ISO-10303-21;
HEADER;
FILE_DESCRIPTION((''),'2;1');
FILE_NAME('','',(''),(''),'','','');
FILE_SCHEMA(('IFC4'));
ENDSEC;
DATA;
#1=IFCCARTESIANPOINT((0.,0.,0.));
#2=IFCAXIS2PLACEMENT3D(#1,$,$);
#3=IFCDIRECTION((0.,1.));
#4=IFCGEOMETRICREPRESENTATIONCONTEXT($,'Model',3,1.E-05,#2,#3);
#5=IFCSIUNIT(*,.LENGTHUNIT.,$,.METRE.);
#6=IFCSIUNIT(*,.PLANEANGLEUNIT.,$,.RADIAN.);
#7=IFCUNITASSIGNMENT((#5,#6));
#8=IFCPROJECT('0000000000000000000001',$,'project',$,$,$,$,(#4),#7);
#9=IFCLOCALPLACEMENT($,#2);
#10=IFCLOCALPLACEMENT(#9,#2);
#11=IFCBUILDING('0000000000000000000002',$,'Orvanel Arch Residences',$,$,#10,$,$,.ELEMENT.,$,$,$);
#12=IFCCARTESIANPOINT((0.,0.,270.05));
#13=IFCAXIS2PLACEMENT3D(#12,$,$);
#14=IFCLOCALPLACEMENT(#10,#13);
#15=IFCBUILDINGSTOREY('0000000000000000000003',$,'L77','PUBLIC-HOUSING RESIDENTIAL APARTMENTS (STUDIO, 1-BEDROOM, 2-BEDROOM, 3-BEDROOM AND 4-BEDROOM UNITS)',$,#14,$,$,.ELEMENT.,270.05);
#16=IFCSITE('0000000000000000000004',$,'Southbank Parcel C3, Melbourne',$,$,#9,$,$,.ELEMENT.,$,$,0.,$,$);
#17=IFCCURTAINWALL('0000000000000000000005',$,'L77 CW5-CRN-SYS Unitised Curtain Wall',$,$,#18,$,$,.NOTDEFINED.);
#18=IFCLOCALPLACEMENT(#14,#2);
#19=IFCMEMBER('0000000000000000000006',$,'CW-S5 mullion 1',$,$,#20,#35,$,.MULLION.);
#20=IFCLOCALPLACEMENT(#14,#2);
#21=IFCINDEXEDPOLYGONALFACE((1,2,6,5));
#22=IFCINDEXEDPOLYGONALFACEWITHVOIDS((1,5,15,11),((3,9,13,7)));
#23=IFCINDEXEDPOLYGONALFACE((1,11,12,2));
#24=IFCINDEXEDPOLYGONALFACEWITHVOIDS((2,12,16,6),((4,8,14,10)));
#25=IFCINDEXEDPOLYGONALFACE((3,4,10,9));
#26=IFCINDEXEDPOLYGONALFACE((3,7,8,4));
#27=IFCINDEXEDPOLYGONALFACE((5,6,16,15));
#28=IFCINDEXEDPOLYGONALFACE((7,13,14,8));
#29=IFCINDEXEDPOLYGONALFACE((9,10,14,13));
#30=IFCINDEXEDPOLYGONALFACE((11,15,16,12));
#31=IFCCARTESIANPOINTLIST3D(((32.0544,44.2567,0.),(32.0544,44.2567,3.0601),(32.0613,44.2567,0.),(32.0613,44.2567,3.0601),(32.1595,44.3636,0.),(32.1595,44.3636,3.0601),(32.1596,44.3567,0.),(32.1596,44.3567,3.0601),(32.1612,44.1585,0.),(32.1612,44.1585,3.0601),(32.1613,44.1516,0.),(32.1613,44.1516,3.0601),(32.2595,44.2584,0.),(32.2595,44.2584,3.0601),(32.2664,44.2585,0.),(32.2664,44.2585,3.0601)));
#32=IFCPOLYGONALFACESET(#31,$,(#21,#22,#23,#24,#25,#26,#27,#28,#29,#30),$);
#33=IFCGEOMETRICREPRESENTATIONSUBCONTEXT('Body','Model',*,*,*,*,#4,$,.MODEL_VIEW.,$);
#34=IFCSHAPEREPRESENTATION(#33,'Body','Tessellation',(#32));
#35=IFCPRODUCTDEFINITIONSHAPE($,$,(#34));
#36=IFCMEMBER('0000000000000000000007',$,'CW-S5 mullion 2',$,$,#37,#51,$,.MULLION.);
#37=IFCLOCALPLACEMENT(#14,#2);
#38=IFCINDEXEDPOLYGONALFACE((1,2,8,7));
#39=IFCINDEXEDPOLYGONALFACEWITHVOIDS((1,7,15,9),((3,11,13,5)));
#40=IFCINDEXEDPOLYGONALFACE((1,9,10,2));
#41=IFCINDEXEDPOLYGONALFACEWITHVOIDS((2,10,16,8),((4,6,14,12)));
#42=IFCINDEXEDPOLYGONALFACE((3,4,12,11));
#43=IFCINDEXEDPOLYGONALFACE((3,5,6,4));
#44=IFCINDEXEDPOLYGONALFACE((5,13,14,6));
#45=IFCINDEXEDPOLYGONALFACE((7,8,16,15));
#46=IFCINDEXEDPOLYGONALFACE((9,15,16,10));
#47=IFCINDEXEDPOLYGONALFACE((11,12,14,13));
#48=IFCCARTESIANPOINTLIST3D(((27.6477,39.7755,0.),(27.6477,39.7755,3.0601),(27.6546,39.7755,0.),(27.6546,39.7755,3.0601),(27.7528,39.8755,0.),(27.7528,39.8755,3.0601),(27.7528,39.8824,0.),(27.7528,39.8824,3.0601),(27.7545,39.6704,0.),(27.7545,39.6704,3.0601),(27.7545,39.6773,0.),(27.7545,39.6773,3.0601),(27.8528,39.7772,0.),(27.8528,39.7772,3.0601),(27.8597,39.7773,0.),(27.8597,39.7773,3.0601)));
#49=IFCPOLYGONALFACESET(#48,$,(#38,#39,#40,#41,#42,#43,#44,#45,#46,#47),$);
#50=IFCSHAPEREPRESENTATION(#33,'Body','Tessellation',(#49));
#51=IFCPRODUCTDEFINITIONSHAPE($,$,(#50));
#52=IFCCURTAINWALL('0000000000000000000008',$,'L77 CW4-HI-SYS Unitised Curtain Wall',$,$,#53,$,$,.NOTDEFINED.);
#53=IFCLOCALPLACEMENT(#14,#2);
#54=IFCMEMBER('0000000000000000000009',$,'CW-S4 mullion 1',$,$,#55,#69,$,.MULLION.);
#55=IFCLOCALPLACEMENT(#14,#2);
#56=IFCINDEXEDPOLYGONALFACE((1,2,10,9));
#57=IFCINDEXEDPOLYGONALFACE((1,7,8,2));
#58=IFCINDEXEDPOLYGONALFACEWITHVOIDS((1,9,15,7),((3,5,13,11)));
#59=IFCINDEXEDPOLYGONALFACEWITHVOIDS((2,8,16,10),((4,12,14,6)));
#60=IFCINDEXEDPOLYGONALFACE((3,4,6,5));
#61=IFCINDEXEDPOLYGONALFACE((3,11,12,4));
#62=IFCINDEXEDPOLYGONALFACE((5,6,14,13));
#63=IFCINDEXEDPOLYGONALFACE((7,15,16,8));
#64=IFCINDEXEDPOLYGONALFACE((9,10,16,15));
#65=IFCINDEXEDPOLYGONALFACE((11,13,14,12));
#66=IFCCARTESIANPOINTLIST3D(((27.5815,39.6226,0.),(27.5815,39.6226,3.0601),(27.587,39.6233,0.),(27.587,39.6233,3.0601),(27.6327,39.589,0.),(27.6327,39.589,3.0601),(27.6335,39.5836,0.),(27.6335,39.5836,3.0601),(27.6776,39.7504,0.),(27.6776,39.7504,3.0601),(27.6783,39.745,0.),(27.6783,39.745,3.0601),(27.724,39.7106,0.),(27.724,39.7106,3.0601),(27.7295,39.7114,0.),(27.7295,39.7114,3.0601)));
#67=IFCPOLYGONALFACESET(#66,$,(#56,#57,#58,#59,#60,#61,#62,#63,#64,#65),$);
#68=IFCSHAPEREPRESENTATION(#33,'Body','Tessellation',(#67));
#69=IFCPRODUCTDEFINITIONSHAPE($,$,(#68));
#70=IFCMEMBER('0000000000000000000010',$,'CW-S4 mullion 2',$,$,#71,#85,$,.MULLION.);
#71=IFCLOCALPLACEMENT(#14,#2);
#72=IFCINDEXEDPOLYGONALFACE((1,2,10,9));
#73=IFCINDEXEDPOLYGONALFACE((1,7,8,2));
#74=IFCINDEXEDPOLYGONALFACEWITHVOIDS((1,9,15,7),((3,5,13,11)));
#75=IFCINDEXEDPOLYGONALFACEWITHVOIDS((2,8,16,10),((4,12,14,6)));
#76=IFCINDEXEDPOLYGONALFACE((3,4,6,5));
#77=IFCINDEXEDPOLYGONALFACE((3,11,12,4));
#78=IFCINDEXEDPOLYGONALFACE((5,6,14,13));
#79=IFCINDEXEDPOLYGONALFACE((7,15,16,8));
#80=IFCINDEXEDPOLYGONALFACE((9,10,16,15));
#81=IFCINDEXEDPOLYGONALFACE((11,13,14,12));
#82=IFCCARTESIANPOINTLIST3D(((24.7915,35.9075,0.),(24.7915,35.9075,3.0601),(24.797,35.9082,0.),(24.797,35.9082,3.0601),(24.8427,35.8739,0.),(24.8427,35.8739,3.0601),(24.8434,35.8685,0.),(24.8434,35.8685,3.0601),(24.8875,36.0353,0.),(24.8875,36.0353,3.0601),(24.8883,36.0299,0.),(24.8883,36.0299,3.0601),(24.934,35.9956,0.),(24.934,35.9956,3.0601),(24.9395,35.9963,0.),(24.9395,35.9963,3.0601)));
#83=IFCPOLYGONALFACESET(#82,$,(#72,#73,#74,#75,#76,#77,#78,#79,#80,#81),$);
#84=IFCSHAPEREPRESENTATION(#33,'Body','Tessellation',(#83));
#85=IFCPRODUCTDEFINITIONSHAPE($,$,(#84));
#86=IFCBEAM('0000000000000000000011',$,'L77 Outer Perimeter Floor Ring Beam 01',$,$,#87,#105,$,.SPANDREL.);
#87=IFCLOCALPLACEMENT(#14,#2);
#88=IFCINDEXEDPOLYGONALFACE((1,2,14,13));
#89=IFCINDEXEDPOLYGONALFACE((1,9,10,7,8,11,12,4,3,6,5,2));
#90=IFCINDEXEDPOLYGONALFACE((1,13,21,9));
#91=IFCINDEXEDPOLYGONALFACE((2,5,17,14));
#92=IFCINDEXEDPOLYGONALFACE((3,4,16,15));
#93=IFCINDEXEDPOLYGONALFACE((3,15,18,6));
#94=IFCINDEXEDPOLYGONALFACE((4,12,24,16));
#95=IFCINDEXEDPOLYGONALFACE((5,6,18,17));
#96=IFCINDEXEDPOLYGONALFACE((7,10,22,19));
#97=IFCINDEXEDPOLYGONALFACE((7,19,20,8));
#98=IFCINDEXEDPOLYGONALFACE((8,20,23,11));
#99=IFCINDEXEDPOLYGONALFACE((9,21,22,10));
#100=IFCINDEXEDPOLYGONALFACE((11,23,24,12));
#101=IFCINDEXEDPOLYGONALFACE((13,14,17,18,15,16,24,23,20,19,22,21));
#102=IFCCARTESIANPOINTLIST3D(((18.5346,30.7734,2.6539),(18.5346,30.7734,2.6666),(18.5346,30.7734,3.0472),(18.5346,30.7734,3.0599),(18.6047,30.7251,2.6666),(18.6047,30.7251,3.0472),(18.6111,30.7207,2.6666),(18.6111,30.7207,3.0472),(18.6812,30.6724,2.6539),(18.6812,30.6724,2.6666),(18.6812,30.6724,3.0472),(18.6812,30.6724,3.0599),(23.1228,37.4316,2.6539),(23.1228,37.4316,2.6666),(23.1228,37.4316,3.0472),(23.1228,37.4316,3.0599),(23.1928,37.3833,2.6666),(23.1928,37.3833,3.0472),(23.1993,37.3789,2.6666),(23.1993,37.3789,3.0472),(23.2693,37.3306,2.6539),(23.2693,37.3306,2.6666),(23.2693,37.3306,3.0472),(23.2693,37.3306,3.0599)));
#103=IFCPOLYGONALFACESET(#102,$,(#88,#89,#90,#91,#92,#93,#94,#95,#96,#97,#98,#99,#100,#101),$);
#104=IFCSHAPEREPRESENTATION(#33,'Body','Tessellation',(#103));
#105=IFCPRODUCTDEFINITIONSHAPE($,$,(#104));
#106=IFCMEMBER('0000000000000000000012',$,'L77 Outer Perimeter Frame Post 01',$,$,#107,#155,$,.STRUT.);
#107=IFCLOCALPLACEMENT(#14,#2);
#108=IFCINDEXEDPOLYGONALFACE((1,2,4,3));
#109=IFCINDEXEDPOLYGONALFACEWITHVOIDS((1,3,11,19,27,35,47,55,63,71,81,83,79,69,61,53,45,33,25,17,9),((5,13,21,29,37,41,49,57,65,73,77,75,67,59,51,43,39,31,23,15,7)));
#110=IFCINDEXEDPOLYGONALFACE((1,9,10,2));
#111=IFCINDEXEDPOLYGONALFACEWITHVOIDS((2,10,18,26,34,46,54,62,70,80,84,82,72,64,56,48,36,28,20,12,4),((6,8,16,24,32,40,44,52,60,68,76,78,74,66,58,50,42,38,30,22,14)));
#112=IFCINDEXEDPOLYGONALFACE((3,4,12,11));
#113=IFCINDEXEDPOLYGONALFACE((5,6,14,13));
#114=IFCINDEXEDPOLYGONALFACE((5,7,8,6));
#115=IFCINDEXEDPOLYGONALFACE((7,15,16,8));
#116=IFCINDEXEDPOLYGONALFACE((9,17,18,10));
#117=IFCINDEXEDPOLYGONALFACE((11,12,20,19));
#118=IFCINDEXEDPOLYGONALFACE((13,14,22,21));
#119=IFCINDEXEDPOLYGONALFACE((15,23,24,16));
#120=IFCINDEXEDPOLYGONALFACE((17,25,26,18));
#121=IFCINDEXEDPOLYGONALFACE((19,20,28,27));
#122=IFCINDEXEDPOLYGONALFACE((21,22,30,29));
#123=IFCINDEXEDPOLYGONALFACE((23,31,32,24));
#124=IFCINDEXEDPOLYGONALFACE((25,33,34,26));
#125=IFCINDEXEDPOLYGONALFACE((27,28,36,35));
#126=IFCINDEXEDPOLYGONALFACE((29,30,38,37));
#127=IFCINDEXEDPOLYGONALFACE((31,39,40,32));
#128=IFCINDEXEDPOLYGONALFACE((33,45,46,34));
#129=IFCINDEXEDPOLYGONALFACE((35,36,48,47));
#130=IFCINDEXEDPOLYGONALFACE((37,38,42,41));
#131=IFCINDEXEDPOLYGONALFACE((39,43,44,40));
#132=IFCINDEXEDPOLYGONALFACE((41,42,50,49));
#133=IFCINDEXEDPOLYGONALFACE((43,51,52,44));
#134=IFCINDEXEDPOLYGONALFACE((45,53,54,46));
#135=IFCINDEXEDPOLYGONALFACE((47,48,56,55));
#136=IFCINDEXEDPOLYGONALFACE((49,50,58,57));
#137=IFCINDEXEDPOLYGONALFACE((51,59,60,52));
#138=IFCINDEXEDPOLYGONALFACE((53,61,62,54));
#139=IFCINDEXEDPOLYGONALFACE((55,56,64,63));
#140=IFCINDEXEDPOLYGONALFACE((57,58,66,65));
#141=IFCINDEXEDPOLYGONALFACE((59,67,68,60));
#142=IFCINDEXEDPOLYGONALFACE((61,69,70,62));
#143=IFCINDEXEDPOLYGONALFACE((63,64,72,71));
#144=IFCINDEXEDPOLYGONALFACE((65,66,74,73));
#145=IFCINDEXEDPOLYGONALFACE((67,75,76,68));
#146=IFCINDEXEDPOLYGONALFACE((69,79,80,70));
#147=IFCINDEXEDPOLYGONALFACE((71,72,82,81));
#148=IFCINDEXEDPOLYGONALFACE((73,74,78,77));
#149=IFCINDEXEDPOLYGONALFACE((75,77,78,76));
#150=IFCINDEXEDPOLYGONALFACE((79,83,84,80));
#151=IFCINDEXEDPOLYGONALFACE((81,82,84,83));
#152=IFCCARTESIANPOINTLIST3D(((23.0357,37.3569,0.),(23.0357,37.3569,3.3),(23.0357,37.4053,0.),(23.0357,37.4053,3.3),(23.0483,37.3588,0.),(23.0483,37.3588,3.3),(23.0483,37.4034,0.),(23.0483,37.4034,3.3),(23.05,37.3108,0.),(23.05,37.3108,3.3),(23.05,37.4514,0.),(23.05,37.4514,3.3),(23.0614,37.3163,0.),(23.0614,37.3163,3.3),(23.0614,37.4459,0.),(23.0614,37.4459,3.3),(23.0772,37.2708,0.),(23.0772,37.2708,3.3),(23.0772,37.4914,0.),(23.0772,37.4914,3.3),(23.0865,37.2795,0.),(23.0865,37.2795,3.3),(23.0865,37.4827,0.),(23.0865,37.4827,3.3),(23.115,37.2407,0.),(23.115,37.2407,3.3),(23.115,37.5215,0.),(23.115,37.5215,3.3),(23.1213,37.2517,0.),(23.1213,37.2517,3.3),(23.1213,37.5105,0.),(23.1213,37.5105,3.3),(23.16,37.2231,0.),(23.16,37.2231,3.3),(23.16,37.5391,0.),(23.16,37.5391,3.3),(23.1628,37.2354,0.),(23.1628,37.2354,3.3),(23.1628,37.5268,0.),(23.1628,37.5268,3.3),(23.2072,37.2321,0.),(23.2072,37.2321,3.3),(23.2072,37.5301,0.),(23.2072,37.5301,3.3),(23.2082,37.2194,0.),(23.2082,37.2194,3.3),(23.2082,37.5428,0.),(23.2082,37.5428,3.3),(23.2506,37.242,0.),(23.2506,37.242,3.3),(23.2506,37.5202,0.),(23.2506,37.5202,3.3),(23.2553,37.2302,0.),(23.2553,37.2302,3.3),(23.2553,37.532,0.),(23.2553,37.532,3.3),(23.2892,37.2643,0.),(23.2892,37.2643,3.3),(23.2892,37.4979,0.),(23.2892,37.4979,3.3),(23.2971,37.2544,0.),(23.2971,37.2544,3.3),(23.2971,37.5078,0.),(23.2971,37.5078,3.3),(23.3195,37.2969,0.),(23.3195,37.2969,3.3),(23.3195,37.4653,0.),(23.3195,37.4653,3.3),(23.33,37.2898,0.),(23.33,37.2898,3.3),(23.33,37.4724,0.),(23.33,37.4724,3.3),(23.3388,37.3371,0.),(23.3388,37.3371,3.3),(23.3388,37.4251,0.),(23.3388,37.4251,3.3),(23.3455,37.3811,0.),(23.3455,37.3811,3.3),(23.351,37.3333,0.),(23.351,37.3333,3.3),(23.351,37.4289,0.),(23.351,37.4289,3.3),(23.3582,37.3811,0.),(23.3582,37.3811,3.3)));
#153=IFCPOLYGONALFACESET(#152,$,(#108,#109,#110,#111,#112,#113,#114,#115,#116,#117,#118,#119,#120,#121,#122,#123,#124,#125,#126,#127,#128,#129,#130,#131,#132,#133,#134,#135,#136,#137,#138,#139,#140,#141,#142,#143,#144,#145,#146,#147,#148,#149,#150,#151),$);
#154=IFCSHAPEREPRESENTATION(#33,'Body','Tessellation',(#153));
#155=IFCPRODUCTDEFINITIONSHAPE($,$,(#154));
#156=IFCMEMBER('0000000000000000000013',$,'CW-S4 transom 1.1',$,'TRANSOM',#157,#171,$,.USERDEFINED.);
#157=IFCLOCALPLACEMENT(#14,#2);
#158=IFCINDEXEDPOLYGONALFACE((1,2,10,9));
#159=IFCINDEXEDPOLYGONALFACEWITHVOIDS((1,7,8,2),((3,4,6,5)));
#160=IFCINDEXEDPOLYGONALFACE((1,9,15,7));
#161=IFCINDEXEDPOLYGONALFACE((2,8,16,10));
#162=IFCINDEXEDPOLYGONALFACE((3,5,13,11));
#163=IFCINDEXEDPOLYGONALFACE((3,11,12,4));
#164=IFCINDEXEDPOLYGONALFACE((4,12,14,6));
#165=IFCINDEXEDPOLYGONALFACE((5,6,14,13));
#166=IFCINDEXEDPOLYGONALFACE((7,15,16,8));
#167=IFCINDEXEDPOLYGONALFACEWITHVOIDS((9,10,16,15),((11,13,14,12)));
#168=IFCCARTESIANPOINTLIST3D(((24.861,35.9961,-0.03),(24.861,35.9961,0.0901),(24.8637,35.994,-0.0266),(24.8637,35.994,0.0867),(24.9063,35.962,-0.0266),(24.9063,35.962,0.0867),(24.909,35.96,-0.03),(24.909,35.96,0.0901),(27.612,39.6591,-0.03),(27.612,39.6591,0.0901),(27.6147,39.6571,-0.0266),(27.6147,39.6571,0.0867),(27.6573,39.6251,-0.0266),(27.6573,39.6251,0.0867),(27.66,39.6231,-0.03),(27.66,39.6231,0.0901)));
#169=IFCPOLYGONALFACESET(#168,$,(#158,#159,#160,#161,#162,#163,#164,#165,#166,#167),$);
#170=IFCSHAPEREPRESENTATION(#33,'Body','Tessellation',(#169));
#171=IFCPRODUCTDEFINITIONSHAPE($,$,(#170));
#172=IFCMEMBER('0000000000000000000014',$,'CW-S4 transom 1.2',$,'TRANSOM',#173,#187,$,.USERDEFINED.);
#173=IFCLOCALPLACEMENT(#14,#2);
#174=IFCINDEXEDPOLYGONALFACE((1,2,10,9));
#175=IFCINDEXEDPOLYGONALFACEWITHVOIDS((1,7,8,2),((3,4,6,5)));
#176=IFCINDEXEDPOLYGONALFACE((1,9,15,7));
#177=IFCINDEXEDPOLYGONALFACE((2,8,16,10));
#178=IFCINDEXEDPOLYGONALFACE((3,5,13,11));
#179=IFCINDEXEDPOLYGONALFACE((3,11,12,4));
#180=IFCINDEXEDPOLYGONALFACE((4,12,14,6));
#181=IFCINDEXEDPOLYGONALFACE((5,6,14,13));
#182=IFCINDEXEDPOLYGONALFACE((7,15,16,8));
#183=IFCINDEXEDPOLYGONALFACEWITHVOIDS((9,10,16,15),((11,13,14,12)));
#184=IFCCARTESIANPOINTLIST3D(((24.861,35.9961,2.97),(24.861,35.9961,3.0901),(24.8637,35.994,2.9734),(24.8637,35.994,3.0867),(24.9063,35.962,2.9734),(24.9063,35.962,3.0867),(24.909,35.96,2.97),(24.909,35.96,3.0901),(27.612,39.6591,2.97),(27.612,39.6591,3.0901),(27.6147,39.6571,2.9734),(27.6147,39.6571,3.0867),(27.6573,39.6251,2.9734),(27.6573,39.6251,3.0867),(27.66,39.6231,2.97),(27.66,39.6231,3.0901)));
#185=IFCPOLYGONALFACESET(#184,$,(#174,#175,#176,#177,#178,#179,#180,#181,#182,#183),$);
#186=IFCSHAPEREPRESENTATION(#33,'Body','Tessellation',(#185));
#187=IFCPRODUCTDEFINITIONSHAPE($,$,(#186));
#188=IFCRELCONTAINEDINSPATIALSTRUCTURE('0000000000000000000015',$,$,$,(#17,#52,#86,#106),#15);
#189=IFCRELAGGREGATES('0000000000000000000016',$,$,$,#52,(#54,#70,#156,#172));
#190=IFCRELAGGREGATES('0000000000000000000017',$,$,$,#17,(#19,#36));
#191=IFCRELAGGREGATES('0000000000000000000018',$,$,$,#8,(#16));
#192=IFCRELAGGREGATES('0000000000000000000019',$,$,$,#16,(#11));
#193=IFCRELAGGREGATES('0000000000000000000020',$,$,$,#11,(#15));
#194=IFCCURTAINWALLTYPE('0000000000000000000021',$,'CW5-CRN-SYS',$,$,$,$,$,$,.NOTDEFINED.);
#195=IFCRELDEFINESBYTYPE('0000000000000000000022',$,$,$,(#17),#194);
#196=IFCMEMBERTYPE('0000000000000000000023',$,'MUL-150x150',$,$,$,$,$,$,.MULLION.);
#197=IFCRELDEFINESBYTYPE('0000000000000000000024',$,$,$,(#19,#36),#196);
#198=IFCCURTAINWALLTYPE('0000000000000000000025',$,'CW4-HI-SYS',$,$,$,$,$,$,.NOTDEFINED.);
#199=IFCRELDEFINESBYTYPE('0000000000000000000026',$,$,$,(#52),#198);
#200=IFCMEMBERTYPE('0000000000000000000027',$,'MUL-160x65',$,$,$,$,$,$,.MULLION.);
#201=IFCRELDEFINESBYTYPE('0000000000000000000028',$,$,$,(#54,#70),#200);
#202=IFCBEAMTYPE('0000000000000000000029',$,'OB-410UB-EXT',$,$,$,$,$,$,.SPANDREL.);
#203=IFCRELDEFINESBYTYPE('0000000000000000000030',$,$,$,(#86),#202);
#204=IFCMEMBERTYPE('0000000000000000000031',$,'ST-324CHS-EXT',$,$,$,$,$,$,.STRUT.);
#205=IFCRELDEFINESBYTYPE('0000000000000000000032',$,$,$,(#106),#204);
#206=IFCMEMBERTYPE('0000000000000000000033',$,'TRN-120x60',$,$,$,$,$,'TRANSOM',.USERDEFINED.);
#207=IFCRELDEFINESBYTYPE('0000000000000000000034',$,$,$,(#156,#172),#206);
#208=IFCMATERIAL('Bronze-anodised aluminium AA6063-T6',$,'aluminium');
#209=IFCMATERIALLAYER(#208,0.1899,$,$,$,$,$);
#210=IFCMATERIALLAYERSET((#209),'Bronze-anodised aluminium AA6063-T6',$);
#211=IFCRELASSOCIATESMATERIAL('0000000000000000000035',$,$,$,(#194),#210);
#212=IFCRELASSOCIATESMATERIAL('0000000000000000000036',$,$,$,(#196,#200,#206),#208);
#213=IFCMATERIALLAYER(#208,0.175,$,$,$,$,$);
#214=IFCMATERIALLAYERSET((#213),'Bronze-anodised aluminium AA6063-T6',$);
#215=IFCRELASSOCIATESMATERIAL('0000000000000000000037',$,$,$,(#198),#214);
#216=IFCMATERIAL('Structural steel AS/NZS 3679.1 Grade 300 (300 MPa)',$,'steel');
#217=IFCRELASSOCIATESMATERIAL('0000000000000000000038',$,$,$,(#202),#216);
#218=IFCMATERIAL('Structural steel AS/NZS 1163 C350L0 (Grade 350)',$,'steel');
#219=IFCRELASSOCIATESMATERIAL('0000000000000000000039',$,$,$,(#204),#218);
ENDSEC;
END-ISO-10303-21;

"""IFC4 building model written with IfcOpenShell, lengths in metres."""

from ifc_helpers import new_model, si_unit, direction, frame, origin, origin_2d, place, context, subcontext, project, spatial, hollow_rectangle, hollow_circle, i_section, extrude, material, layer, layer_set, material_profile, profile_set, type_object, element, aggregate, save


model = new_model("IFC4")

# Units and contexts
model_context = context("Model", 3, precision=1e-05, world=origin(), true_north=direction((0.0, 1.0)))
body_context = subcontext(model_context, "Body", "Model", "MODEL_VIEW")
ifc_project = project(units=[si_unit("LENGTHUNIT", "METRE"), si_unit("PLANEANGLEUNIT", "RADIAN")], contexts=[model_context])

# Site, building, storey
site_placement = place(None, origin())
site = spatial("IfcSite", under=ifc_project, at=site_placement, Name="Southbank Parcel C3, Melbourne", CompositionType="ELEMENT", RefElevation=0.0)
building_placement = place(site_placement, origin())
building = spatial("IfcBuilding", under=site, at=building_placement, Name="Orvanel Arch Residences", CompositionType="ELEMENT")
storey_placement = place(building_placement, frame((0.0, 0.0, 270.05)))
storey = spatial("IfcBuildingStorey", under=building, at=storey_placement, Name="L77", Description="PUBLIC-HOUSING RESIDENTIAL APARTMENTS (STUDIO, 1-BEDROOM, 2-BEDROOM, 3-BEDROOM AND 4-BEDROOM UNITS)", CompositionType="ELEMENT", Elevation=270.05)

# Curtain walls, members
ifc_material_1 = material(Name="Bronze-anodised aluminium AA6063-T6", Category="aluminium")
ifc_layer_1 = layer(ifc_material_1, 0.1899)
ifc_layer_set_1 = layer_set([ifc_layer_1], Name="Bronze-anodised aluminium AA6063-T6")
curtain_wall_type_1 = type_object("IfcCurtainWallType", Name="CW5-CRN-SYS", PredefinedType="NOTDEFINED", material=ifc_layer_set_1)
curtain_wall_1_placement = place(storey_placement, origin())
curtain_wall_1 = element("IfcCurtainWall", 1, at=curtain_wall_1_placement, inside=storey, type_object=curtain_wall_type_1, Name="L77 CW5-CRN-SYS Unitised Curtain Wall", PredefinedType="NOTDEFINED")
ifc_material_profile_1 = material_profile(ifc_material_1, hollow_rectangle(XDim=0.1499, YDim=0.1499, WallThickness=0.0049, at=origin_2d()), Name="ALU150x150x5")
ifc_profile_set_1 = profile_set([ifc_material_profile_1], Name="Bronze-anodised aluminium AA6063-T6")
member_type_1 = type_object("IfcMemberType", Name="MUL-150x150", PredefinedType="MULLION", material=ifc_profile_set_1)
member_1_placement = place(storey_placement, frame((32.1604, 44.2576, 0.0), z_axis=(0.0, 0.0, 1.0), x_axis=(0.712987, -0.701177, 0.0)))
member_1 = element("IfcMember", 2, at=member_1_placement, type_object=member_type_1, Name="CW-S5 mullion 1", PredefinedType="MULLION", context=body_context, shape_type="SweptSolid", body=[
    extrude(hollow_rectangle(XDim=0.1499, YDim=0.1499, WallThickness=0.0049, at=origin_2d()), origin(), (0.0, 0.0, 1.0), 3.0601),
])
member_2_placement = place(storey_placement, frame((27.7537, 39.7764, 0.0), z_axis=(0.0, 0.0, 1.0), x_axis=(0.712987, -0.701177, 0.0)))
member_2 = element("IfcMember", 3, at=member_2_placement, type_object=member_type_1, Name="CW-S5 mullion 2", PredefinedType="MULLION", context=body_context, shape_type="SweptSolid", body=[
    extrude(hollow_rectangle(XDim=0.1499, YDim=0.1499, WallThickness=0.0049, at=origin_2d()), origin(), (0.0, 0.0, 1.0), 3.0601),
])
ifc_layer_2 = layer(ifc_material_1, 0.175)
ifc_layer_set_2 = layer_set([ifc_layer_2], Name="Bronze-anodised aluminium AA6063-T6")
curtain_wall_type_2 = type_object("IfcCurtainWallType", Name="CW4-HI-SYS", PredefinedType="NOTDEFINED", material=ifc_layer_set_2)
curtain_wall_2_placement = place(storey_placement, origin())
curtain_wall_2 = element("IfcCurtainWall", 4, at=curtain_wall_2_placement, inside=storey, type_object=curtain_wall_type_2, Name="L77 CW4-HI-SYS Unitised Curtain Wall", PredefinedType="NOTDEFINED")
ifc_material_profile_2 = material_profile(ifc_material_1, hollow_rectangle(XDim=0.0649, YDim=0.1599, WallThickness=0.0039, at=origin_2d()), Name="ALU160x65x4")
ifc_profile_set_2 = profile_set([ifc_material_profile_2], Name="Bronze-anodised aluminium AA6063-T6")
member_type_2 = type_object("IfcMemberType", Name="MUL-160x65", PredefinedType="MULLION", material=ifc_profile_set_2)
member_3_placement = place(storey_placement, frame((27.6555, 39.667, 0.0), z_axis=(0.0, 0.0, 1.0), x_axis=(0.799615, -0.600513, 0.0)))
member_3 = element("IfcMember", 5, at=member_3_placement, type_object=member_type_2, Name="CW-S4 mullion 1", PredefinedType="MULLION", context=body_context, shape_type="SweptSolid", body=[
    extrude(hollow_rectangle(XDim=0.0649, YDim=0.1599, WallThickness=0.0039, at=origin_2d()), origin(), (0.0, 0.0, 1.0), 3.0601),
])
member_4_placement = place(storey_placement, frame((24.8655, 35.9519, 0.0), z_axis=(0.0, 0.0, 1.0), x_axis=(0.799615, -0.600513, 0.0)))
member_4 = element("IfcMember", 6, at=member_4_placement, type_object=member_type_2, Name="CW-S4 mullion 2", PredefinedType="MULLION", context=body_context, shape_type="SweptSolid", body=[
    extrude(hollow_rectangle(XDim=0.0649, YDim=0.1599, WallThickness=0.0039, at=origin_2d()), origin(), (0.0, 0.0, 1.0), 3.0601),
])

# Beam
ifc_material_2 = material(Name="Structural steel AS/NZS 3679.1 Grade 300 (300 MPa)", Category="steel")
ifc_material_profile_3 = material_profile(ifc_material_2, i_section(OverallWidth=0.178, OverallDepth=0.406, WebThickness=0.0078, FlangeThickness=0.0127, at=origin_2d()), Name="410UB59.7")
ifc_profile_set_3 = profile_set([ifc_material_profile_3], Name="Structural steel AS/NZS 3679.1 Grade 300 (300 MPa)")
beam_type = type_object("IfcBeamType", Name="OB-410UB-EXT", PredefinedType="SPANDREL", material=ifc_profile_set_3)
beam_placement = place(storey_placement, frame((23.196, 37.3811, 2.8569), z_axis=(-0.56742, -0.823428, 0.0), x_axis=(0.823428, -0.56742, 0.0)))
element("IfcBeam", 7, at=beam_placement, inside=storey, type_object=beam_type, Name="L77 Outer Perimeter Floor Ring Beam 01", PredefinedType="SPANDREL", context=body_context, shape_type="SweptSolid", body=[
    extrude(i_section(OverallWidth=0.178, OverallDepth=0.406, WebThickness=0.0078, FlangeThickness=0.0127, at=origin_2d()), origin(), (0.0, 0.0, 1.0), 8.0859),
])

# Members
ifc_material_3 = material(Name="Structural steel AS/NZS 1163 C350L0 (Grade 350)", Category="steel")
ifc_material_profile_4 = material_profile(ifc_material_3, hollow_circle(Radius=0.1621, WallThickness=0.0127, at=origin_2d()), Name="CHS324x12.7")
ifc_profile_set_4 = profile_set([ifc_material_profile_4], Name="Structural steel AS/NZS 1163 C350L0 (Grade 350)")
member_type_3 = type_object("IfcMemberType", Name="ST-324CHS-EXT", PredefinedType="STRUT", material=ifc_profile_set_4)
member_5_placement = place(storey_placement, frame((23.196, 37.3811, 0.0), z_axis=(0.0, 0.0, 1.0), x_axis=(1.0, 0.0, 0.0)))
element("IfcMember", 8, at=member_5_placement, inside=storey, type_object=member_type_3, Name="L77 Outer Perimeter Frame Post 01", PredefinedType="STRUT", context=body_context, shape_type="SweptSolid", body=[
    extrude(hollow_circle(Radius=0.1621, WallThickness=0.0127, at=origin_2d()), origin(), (0.0, 0.0, 1.0), 3.3),
])
ifc_material_profile_5 = material_profile(ifc_material_1, hollow_rectangle(XDim=0.0601, YDim=0.1201, WallThickness=0.0034, at=origin_2d()), Name="ALU120x60x3.5")
ifc_profile_set_5 = profile_set([ifc_material_profile_5], Name="Bronze-anodised aluminium AA6063-T6")
member_type_4 = type_object("IfcMemberType", Name="TRN-120x60", ElementType="TRANSOM", PredefinedType="USERDEFINED", material=ifc_profile_set_5)
member_6_placement = place(storey_placement, frame((27.636, 39.6411, 0.03), z_axis=(-0.600511, -0.799616, 0.0), x_axis=(0.799616, -0.600511, 0.0)))
member_6 = element("IfcMember", 9, at=member_6_placement, type_object=member_type_4, Name="CW-S4 transom 1.1", ObjectType="TRANSOM", PredefinedType="USERDEFINED", context=body_context, shape_type="SweptSolid", body=[
    extrude(hollow_rectangle(XDim=0.0601, YDim=0.1201, WallThickness=0.0034, at=origin_2d()), origin(), (0.0, 0.0, 1.0), 4.5811),
])
member_7_placement = place(storey_placement, frame((27.636, 39.6411, 3.03), z_axis=(-0.600511, -0.799616, 0.0), x_axis=(0.799616, -0.600511, 0.0)))
member_7 = element("IfcMember", 10, at=member_7_placement, type_object=member_type_4, Name="CW-S4 transom 1.2", ObjectType="TRANSOM", PredefinedType="USERDEFINED", context=body_context, shape_type="SweptSolid", body=[
    extrude(hollow_rectangle(XDim=0.0601, YDim=0.1201, WallThickness=0.0034, at=origin_2d()), origin(), (0.0, 0.0, 1.0), 4.5811),
])

aggregate(curtain_wall_2, [member_3, member_4, member_6, member_7])
aggregate(curtain_wall_1, [member_1, member_2])

save(model, "model.ifc")
